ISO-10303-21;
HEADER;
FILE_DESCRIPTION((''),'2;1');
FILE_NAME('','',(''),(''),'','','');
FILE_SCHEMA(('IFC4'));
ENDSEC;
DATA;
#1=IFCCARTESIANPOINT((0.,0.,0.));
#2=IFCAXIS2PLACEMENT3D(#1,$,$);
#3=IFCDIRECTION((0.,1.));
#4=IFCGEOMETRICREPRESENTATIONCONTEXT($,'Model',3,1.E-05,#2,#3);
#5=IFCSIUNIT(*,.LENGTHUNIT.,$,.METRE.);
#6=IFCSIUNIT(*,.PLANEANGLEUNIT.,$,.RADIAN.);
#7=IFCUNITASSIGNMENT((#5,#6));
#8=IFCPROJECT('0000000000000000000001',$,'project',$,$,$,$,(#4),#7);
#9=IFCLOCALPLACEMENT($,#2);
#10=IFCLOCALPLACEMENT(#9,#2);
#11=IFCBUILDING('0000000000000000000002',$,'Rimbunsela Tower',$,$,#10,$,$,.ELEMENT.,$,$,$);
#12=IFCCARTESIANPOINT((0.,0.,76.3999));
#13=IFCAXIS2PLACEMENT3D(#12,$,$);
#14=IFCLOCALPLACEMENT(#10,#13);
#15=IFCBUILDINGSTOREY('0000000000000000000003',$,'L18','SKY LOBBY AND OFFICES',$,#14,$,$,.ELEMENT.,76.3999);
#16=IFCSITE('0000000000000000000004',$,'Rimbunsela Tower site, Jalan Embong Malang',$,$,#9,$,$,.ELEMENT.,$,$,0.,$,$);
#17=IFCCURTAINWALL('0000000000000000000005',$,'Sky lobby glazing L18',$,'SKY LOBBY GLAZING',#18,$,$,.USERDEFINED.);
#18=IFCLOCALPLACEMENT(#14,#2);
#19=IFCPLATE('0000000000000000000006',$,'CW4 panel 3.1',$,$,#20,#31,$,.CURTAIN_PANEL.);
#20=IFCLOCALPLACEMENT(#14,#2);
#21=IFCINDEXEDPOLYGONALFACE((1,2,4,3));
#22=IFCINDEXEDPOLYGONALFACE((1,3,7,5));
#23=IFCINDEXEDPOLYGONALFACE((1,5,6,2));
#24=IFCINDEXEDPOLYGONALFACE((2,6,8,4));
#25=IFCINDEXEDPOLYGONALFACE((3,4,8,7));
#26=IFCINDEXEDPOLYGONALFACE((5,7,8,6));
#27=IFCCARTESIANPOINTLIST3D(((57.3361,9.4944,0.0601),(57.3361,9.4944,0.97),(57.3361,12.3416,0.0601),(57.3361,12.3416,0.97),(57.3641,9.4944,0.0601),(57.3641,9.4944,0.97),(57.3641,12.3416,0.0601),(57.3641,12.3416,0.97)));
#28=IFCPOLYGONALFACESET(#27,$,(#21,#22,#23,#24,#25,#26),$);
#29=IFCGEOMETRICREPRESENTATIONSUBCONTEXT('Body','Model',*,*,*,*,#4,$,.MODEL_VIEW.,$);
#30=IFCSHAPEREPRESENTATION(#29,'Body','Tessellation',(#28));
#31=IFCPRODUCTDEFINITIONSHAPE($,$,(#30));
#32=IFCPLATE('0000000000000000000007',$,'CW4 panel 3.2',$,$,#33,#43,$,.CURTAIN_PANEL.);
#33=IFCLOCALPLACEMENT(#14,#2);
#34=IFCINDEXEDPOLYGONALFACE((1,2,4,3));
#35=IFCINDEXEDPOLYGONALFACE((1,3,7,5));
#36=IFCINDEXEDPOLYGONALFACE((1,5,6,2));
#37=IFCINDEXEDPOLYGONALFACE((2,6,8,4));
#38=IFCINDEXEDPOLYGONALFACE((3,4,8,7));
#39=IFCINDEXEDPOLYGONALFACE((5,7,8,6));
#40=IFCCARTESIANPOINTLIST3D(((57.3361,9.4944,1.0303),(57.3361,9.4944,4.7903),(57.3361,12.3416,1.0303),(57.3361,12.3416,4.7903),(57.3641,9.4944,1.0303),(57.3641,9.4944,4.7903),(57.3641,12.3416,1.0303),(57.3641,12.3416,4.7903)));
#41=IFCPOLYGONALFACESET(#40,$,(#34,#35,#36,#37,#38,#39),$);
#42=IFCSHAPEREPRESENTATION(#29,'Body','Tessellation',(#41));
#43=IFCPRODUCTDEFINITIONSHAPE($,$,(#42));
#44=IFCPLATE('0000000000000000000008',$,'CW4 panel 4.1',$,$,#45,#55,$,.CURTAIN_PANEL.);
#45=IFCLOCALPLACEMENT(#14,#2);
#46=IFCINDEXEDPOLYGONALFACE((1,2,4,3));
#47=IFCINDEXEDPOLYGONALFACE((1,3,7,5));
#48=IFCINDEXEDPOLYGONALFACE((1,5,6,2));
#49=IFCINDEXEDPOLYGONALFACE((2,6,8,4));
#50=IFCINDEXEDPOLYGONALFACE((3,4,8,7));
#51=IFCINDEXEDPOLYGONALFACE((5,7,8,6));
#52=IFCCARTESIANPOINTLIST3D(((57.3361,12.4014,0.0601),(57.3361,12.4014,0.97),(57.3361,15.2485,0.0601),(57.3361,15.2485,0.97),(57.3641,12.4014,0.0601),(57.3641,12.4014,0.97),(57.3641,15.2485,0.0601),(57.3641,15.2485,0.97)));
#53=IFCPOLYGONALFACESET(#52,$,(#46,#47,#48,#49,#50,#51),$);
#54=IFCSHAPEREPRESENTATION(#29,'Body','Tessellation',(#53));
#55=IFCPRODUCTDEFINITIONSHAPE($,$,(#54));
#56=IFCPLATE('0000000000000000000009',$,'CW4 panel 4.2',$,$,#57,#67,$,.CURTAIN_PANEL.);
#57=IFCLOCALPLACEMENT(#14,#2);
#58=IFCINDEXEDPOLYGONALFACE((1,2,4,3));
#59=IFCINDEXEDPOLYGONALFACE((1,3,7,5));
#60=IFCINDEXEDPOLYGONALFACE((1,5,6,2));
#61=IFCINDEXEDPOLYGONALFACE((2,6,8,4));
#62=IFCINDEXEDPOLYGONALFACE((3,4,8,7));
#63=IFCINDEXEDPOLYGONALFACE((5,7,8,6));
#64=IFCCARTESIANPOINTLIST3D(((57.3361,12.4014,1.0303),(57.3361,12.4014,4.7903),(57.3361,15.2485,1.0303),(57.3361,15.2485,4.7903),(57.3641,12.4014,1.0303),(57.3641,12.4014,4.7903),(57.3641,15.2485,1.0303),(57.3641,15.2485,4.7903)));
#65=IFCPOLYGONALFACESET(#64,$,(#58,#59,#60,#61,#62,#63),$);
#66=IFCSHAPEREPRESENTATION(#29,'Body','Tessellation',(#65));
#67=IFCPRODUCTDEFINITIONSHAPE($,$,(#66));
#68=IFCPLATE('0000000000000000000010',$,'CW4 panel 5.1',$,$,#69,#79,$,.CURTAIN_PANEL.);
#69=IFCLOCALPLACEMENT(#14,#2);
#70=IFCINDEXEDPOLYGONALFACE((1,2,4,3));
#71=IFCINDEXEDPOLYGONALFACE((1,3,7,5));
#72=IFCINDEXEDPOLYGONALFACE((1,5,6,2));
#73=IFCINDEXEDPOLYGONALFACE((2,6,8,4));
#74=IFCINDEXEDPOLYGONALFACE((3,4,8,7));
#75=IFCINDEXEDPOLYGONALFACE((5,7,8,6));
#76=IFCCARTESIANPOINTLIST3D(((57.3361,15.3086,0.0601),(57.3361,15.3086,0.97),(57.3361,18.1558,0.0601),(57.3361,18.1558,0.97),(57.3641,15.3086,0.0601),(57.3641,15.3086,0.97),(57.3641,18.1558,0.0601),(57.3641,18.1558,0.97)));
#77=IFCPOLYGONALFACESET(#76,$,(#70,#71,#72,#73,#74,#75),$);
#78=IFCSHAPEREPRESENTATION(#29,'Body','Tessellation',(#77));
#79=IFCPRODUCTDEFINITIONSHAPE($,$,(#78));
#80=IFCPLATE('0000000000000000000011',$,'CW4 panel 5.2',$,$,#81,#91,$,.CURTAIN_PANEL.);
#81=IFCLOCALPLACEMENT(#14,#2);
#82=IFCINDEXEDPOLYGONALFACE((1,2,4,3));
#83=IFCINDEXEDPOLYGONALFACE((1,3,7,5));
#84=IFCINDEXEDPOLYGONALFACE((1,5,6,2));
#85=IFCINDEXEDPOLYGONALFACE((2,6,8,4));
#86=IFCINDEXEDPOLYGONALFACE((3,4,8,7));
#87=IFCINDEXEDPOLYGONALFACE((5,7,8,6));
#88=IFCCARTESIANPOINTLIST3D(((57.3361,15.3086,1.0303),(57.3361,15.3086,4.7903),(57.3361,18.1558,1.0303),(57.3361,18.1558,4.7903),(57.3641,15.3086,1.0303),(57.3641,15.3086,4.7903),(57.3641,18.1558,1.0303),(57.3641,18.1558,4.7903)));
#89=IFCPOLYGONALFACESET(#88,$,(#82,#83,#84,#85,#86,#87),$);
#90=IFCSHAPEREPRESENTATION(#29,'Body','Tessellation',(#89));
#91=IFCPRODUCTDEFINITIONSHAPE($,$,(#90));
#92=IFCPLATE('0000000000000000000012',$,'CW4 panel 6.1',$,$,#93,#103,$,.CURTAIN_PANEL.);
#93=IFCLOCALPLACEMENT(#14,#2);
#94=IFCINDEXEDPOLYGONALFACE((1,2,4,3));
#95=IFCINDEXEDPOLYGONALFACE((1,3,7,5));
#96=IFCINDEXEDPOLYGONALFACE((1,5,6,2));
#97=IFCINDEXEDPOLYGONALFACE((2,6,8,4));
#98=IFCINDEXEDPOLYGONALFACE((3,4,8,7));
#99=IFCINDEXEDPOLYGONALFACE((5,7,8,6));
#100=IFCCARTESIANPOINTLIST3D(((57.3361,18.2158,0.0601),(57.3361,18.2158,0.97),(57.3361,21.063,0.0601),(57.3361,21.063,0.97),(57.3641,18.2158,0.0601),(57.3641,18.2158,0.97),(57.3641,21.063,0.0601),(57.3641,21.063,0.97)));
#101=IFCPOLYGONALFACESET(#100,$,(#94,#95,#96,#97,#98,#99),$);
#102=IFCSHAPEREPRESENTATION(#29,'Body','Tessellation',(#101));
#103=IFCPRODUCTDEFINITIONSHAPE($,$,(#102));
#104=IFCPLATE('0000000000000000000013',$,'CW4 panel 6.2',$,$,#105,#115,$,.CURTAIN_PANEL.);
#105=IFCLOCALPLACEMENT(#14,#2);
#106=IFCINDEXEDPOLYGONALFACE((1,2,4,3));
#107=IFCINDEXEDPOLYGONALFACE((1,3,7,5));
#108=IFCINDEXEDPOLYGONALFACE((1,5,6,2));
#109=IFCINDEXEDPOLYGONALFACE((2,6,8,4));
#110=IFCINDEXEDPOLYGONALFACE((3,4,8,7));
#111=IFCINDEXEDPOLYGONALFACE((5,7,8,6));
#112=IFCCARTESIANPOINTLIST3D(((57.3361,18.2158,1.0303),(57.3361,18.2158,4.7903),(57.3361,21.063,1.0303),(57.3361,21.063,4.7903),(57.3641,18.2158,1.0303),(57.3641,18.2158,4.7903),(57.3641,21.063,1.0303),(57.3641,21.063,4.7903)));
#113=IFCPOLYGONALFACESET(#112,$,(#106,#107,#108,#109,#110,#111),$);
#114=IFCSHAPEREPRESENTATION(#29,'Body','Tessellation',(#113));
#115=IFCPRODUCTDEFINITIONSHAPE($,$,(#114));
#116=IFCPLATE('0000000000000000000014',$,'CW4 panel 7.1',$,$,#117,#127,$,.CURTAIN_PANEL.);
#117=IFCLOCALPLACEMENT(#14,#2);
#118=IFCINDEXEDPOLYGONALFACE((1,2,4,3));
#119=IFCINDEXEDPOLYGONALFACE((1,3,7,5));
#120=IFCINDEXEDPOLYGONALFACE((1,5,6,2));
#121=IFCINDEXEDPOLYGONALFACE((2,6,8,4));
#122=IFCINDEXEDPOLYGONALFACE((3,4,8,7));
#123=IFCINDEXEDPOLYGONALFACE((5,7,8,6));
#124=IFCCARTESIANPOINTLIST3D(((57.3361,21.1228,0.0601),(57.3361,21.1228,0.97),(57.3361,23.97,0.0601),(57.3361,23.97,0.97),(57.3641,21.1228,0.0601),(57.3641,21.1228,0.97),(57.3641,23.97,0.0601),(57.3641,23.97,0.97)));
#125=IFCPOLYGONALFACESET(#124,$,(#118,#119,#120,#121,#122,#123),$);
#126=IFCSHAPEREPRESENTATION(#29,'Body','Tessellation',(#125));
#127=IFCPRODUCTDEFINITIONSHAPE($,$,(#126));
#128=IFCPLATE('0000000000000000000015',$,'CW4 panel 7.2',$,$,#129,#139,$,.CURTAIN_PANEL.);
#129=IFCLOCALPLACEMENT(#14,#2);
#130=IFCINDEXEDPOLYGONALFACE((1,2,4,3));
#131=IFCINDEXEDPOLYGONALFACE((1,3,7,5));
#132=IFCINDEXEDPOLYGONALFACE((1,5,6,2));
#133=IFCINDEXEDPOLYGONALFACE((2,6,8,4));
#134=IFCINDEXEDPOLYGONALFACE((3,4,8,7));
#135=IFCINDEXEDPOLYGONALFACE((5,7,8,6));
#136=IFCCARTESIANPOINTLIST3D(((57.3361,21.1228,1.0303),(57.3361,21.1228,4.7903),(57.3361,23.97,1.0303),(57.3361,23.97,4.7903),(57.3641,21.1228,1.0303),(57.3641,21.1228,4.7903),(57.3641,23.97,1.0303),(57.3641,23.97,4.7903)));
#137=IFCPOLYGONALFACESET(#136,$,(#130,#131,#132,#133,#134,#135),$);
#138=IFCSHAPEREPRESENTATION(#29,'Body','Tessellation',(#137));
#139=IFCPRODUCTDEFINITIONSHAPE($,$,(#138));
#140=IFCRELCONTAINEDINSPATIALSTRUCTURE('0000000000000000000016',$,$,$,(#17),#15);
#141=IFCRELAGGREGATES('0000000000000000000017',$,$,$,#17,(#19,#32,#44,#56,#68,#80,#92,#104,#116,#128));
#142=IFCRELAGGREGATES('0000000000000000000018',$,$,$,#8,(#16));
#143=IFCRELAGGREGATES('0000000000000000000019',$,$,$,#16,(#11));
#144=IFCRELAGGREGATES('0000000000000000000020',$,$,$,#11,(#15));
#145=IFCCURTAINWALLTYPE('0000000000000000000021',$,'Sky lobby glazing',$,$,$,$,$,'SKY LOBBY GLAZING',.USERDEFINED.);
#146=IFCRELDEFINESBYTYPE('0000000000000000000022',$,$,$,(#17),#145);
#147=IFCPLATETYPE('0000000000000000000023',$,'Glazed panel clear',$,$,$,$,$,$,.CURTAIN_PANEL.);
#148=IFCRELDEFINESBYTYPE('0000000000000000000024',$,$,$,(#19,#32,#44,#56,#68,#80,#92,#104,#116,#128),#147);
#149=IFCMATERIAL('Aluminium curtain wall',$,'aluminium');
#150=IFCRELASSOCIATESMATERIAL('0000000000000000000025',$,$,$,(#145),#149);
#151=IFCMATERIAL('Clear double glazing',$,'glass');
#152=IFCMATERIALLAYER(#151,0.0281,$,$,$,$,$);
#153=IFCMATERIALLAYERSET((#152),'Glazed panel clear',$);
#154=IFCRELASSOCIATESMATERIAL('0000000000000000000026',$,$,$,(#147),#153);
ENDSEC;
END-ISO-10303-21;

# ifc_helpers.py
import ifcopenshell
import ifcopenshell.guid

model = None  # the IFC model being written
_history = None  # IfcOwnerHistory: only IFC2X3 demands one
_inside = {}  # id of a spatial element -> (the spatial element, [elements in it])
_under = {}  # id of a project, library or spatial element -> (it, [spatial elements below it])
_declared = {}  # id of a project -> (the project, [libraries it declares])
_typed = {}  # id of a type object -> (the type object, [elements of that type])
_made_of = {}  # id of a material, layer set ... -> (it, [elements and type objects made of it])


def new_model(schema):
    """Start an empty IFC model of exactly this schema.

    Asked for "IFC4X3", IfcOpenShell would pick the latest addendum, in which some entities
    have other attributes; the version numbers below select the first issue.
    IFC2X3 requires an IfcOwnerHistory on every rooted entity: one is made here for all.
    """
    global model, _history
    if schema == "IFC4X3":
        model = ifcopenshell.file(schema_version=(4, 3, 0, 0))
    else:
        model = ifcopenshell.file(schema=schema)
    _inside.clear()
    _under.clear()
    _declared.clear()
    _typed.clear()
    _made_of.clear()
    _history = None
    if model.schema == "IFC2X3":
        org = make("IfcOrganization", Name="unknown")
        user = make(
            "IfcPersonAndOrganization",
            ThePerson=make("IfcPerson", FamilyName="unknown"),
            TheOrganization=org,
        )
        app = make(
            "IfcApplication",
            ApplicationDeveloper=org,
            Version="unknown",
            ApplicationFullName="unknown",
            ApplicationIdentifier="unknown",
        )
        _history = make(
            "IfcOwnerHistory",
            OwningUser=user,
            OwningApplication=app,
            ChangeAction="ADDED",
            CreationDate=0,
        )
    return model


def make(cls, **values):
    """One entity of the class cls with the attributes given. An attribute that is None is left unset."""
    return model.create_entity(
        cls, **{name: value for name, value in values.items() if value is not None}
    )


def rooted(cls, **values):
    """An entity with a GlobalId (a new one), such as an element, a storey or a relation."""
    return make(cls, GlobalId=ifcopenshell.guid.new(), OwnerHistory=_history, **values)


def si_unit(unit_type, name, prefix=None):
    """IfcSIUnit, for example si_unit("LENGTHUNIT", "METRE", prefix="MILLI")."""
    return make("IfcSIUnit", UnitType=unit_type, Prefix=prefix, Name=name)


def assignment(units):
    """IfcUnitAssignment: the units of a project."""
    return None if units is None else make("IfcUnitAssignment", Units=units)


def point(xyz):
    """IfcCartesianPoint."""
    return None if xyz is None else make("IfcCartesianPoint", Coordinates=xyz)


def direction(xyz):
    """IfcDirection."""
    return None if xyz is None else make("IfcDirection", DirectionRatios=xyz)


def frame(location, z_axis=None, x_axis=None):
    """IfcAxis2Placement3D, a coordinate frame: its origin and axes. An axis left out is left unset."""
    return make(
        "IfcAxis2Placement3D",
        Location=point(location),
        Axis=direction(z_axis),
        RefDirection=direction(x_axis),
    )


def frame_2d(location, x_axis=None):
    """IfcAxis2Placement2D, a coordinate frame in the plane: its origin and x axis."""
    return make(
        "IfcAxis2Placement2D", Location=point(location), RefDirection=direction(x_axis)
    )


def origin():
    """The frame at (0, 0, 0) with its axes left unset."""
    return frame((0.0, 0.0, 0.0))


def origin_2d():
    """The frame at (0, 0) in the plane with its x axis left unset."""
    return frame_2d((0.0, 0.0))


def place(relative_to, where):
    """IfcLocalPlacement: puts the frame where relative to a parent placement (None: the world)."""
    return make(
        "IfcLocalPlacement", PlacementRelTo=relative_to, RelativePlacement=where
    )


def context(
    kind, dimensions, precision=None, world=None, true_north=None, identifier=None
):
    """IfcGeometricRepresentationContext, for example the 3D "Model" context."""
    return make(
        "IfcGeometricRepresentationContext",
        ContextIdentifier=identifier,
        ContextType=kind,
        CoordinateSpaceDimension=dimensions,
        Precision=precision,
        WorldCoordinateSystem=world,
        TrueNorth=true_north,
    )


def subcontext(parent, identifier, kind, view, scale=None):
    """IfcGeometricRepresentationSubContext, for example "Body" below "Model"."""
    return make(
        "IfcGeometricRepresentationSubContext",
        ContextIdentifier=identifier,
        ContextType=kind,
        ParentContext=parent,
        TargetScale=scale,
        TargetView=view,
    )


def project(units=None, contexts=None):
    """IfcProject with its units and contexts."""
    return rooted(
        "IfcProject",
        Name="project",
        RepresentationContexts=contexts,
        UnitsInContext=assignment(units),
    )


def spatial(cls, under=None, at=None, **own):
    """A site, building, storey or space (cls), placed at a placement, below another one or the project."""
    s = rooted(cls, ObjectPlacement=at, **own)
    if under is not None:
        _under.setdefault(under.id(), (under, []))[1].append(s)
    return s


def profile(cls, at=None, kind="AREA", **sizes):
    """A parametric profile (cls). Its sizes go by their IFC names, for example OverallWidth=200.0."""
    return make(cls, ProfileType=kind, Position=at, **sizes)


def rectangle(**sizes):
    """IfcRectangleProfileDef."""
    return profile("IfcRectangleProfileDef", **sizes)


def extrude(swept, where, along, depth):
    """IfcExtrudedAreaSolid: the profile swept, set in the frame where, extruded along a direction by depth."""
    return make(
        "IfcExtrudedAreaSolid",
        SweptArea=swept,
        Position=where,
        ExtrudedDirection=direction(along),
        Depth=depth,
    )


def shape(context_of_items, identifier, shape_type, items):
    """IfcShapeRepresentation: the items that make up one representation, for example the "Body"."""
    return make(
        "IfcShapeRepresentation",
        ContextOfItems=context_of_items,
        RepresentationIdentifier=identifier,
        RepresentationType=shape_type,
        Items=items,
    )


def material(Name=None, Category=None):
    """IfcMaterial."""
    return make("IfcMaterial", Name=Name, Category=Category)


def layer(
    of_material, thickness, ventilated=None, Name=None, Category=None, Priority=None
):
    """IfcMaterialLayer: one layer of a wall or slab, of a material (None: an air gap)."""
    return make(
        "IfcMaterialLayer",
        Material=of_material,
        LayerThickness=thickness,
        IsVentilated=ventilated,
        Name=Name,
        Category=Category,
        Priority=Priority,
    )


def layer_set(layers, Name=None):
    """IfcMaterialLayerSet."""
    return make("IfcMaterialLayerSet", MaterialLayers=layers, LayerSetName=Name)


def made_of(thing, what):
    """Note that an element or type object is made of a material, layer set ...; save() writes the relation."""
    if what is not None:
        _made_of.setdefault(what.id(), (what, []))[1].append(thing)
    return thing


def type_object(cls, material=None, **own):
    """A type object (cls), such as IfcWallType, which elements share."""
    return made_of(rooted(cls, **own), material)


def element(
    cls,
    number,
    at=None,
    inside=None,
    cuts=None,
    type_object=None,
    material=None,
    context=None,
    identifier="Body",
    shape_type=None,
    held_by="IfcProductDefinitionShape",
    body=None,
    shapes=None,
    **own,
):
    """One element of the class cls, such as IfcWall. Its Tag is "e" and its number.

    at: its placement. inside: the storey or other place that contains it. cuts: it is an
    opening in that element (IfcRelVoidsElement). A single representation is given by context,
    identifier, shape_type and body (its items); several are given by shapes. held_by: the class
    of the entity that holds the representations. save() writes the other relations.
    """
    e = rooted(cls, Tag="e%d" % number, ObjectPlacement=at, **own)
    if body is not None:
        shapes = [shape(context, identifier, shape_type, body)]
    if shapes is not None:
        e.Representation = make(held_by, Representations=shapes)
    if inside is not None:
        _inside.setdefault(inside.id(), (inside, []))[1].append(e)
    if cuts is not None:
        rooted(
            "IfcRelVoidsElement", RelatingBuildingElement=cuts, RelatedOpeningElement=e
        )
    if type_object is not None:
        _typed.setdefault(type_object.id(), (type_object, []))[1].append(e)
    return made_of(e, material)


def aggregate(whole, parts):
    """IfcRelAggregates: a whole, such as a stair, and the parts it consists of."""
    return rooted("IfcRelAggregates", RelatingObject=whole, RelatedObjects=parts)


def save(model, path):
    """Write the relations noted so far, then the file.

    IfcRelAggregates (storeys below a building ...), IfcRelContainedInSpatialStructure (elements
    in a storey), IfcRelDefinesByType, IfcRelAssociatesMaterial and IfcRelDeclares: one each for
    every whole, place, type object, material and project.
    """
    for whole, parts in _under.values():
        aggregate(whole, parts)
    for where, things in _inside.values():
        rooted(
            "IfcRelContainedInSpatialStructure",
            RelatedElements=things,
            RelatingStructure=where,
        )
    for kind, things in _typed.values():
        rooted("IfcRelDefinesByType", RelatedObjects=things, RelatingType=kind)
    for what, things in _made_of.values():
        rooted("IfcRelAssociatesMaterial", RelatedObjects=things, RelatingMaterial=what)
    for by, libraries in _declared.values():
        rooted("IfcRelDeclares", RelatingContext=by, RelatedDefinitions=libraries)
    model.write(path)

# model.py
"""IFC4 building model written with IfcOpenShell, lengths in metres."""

from ifc_helpers import new_model, si_unit, direction, frame, origin, origin_2d, place, context, subcontext, project, spatial, rectangle, extrude, material, layer, layer_set, type_object, element, aggregate, save


model = new_model("IFC4")

# Units and contexts
model_context = context("Model", 3, precision=1e-05, world=origin(), true_north=direction((0.0, 1.0)))
body_context = subcontext(model_context, "Body", "Model", "MODEL_VIEW")
ifc_project = project(units=[si_unit("LENGTHUNIT", "METRE"), si_unit("PLANEANGLEUNIT", "RADIAN")], contexts=[model_context])

# Site, building, storey
site_placement = place(None, origin())
site = spatial("IfcSite", under=ifc_project, at=site_placement, Name="Rimbunsela Tower site, Jalan Embong Malang", CompositionType="ELEMENT", RefElevation=0.0)
building_placement = place(site_placement, origin())
building = spatial("IfcBuilding", under=site, at=building_placement, Name="Rimbunsela Tower", CompositionType="ELEMENT")
storey_placement = place(building_placement, frame((0.0, 0.0, 76.3999)))
storey = spatial("IfcBuildingStorey", under=building, at=storey_placement, Name="L18", Description="SKY LOBBY AND OFFICES", CompositionType="ELEMENT", Elevation=76.3999)

# Curtain wall, plates
ifc_material_1 = material(Name="Aluminium curtain wall", Category="aluminium")
curtain_wall_type = type_object("IfcCurtainWallType", Name="Sky lobby glazing", ElementType="SKY LOBBY GLAZING", PredefinedType="USERDEFINED", material=ifc_material_1)
curtain_wall_placement = place(storey_placement, origin())
curtain_wall = element("IfcCurtainWall", 1, at=curtain_wall_placement, inside=storey, type_object=curtain_wall_type, Name="Sky lobby glazing L18", ObjectType="SKY LOBBY GLAZING", PredefinedType="USERDEFINED")
ifc_material_2 = material(Name="Clear double glazing", Category="glass")
ifc_layer = layer(ifc_material_2, 0.0281)
ifc_layer_set = layer_set([ifc_layer], Name="Glazed panel clear")
plate_type = type_object("IfcPlateType", Name="Glazed panel clear", PredefinedType="CURTAIN_PANEL", material=ifc_layer_set)
plate_1_placement = place(storey_placement, frame((57.3501, 10.918, 0.0601), z_axis=(0.0, 0.0, 1.0), x_axis=(0.0, 1.0, 0.0)))
plate_1 = element("IfcPlate", 2, at=plate_1_placement, type_object=plate_type, Name="CW4 panel 3.1", PredefinedType="CURTAIN_PANEL", context=body_context, shape_type="SweptSolid", body=[
    extrude(rectangle(XDim=2.8472, YDim=0.0281, at=origin_2d()), origin(), (0.0, 0.0, 1.0), 0.9099),
])
plate_2_placement = place(storey_placement, frame((57.3501, 10.918, 1.0303), z_axis=(0.0, 0.0, 1.0), x_axis=(0.0, 1.0, 0.0)))
plate_2 = element("IfcPlate", 3, at=plate_2_placement, type_object=plate_type, Name="CW4 panel 3.2", PredefinedType="CURTAIN_PANEL", context=body_context, shape_type="SweptSolid", body=[
    extrude(rectangle(XDim=2.8472, YDim=0.0281, at=origin_2d()), origin(), (0.0, 0.0, 1.0), 3.76),
])
plate_3_placement = place(storey_placement, frame((57.3501, 13.825, 0.0601), z_axis=(0.0, 0.0, 1.0), x_axis=(0.0, 1.0, 0.0)))
plate_3 = element("IfcPlate", 4, at=plate_3_placement, type_object=plate_type, Name="CW4 panel 4.1", PredefinedType="CURTAIN_PANEL", context=body_context, shape_type="SweptSolid", body=[
    extrude(rectangle(XDim=2.8472, YDim=0.0281, at=origin_2d()), origin(), (0.0, 0.0, 1.0), 0.9099),
])
plate_4_placement = place(storey_placement, frame((57.3501, 13.825, 1.0303), z_axis=(0.0, 0.0, 1.0), x_axis=(0.0, 1.0, 0.0)))
plate_4 = element("IfcPlate", 5, at=plate_4_placement, type_object=plate_type, Name="CW4 panel 4.2", PredefinedType="CURTAIN_PANEL", context=body_context, shape_type="SweptSolid", body=[
    extrude(rectangle(XDim=2.8472, YDim=0.0281, at=origin_2d()), origin(), (0.0, 0.0, 1.0), 3.76),
])
plate_5_placement = place(storey_placement, frame((57.3501, 16.7322, 0.0601), z_axis=(0.0, 0.0, 1.0), x_axis=(0.0, 1.0, 0.0)))
plate_5 = element("IfcPlate", 6, at=plate_5_placement, type_object=plate_type, Name="CW4 panel 5.1", PredefinedType="CURTAIN_PANEL", context=body_context, shape_type="SweptSolid", body=[
    extrude(rectangle(XDim=2.8472, YDim=0.0281, at=origin_2d()), origin(), (0.0, 0.0, 1.0), 0.9099),
])
plate_6_placement = place(storey_placement, frame((57.3501, 16.7322, 1.0303), z_axis=(0.0, 0.0, 1.0), x_axis=(0.0, 1.0, 0.0)))
plate_6 = element("IfcPlate", 7, at=plate_6_placement, type_object=plate_type, Name="CW4 panel 5.2", PredefinedType="CURTAIN_PANEL", context=body_context, shape_type="SweptSolid", body=[
    extrude(rectangle(XDim=2.8472, YDim=0.0281, at=origin_2d()), origin(), (0.0, 0.0, 1.0), 3.76),
])
plate_7_placement = place(storey_placement, frame((57.3501, 19.6394, 0.0601), z_axis=(0.0, 0.0, 1.0), x_axis=(0.0, 1.0, 0.0)))
plate_7 = element("IfcPlate", 8, at=plate_7_placement, type_object=plate_type, Name="CW4 panel 6.1", PredefinedType="CURTAIN_PANEL", context=body_context, shape_type="SweptSolid", body=[
    extrude(rectangle(XDim=2.8472, YDim=0.0281, at=origin_2d()), origin(), (0.0, 0.0, 1.0), 0.9099),
])
plate_8_placement = place(storey_placement, frame((57.3501, 19.6394, 1.0303), z_axis=(0.0, 0.0, 1.0), x_axis=(0.0, 1.0, 0.0)))
plate_8 = element("IfcPlate", 9, at=plate_8_placement, type_object=plate_type, Name="CW4 panel 6.2", PredefinedType="CURTAIN_PANEL", context=body_context, shape_type="SweptSolid", body=[
    extrude(rectangle(XDim=2.8472, YDim=0.0281, at=origin_2d()), origin(), (0.0, 0.0, 1.0), 3.76),
])
plate_9_placement = place(storey_placement, frame((57.3501, 22.5464, 0.0601), z_axis=(0.0, 0.0, 1.0), x_axis=(0.0, 1.0, 0.0)))
plate_9 = element("IfcPlate", 10, at=plate_9_placement, type_object=plate_type, Name="CW4 panel 7.1", PredefinedType="CURTAIN_PANEL", context=body_context, shape_type="SweptSolid", body=[
    extrude(rectangle(XDim=2.8472, YDim=0.0281, at=origin_2d()), origin(), (0.0, 0.0, 1.0), 0.9099),
])
plate_10_placement = place(storey_placement, frame((57.3501, 22.5464, 1.0303), z_axis=(0.0, 0.0, 1.0), x_axis=(0.0, 1.0, 0.0)))
plate_10 = element("IfcPlate", 11, at=plate_10_placement, type_object=plate_type, Name="CW4 panel 7.2", PredefinedType="CURTAIN_PANEL", context=body_context, shape_type="SweptSolid", body=[
    extrude(rectangle(XDim=2.8472, YDim=0.0281, at=origin_2d()), origin(), (0.0, 0.0, 1.0), 3.76),
])
aggregate(curtain_wall, [plate_1, plate_2, plate_3, plate_4, plate_5, plate_6, plate_7, plate_8, plate_9, plate_10])

save(model, "model.ifc")
